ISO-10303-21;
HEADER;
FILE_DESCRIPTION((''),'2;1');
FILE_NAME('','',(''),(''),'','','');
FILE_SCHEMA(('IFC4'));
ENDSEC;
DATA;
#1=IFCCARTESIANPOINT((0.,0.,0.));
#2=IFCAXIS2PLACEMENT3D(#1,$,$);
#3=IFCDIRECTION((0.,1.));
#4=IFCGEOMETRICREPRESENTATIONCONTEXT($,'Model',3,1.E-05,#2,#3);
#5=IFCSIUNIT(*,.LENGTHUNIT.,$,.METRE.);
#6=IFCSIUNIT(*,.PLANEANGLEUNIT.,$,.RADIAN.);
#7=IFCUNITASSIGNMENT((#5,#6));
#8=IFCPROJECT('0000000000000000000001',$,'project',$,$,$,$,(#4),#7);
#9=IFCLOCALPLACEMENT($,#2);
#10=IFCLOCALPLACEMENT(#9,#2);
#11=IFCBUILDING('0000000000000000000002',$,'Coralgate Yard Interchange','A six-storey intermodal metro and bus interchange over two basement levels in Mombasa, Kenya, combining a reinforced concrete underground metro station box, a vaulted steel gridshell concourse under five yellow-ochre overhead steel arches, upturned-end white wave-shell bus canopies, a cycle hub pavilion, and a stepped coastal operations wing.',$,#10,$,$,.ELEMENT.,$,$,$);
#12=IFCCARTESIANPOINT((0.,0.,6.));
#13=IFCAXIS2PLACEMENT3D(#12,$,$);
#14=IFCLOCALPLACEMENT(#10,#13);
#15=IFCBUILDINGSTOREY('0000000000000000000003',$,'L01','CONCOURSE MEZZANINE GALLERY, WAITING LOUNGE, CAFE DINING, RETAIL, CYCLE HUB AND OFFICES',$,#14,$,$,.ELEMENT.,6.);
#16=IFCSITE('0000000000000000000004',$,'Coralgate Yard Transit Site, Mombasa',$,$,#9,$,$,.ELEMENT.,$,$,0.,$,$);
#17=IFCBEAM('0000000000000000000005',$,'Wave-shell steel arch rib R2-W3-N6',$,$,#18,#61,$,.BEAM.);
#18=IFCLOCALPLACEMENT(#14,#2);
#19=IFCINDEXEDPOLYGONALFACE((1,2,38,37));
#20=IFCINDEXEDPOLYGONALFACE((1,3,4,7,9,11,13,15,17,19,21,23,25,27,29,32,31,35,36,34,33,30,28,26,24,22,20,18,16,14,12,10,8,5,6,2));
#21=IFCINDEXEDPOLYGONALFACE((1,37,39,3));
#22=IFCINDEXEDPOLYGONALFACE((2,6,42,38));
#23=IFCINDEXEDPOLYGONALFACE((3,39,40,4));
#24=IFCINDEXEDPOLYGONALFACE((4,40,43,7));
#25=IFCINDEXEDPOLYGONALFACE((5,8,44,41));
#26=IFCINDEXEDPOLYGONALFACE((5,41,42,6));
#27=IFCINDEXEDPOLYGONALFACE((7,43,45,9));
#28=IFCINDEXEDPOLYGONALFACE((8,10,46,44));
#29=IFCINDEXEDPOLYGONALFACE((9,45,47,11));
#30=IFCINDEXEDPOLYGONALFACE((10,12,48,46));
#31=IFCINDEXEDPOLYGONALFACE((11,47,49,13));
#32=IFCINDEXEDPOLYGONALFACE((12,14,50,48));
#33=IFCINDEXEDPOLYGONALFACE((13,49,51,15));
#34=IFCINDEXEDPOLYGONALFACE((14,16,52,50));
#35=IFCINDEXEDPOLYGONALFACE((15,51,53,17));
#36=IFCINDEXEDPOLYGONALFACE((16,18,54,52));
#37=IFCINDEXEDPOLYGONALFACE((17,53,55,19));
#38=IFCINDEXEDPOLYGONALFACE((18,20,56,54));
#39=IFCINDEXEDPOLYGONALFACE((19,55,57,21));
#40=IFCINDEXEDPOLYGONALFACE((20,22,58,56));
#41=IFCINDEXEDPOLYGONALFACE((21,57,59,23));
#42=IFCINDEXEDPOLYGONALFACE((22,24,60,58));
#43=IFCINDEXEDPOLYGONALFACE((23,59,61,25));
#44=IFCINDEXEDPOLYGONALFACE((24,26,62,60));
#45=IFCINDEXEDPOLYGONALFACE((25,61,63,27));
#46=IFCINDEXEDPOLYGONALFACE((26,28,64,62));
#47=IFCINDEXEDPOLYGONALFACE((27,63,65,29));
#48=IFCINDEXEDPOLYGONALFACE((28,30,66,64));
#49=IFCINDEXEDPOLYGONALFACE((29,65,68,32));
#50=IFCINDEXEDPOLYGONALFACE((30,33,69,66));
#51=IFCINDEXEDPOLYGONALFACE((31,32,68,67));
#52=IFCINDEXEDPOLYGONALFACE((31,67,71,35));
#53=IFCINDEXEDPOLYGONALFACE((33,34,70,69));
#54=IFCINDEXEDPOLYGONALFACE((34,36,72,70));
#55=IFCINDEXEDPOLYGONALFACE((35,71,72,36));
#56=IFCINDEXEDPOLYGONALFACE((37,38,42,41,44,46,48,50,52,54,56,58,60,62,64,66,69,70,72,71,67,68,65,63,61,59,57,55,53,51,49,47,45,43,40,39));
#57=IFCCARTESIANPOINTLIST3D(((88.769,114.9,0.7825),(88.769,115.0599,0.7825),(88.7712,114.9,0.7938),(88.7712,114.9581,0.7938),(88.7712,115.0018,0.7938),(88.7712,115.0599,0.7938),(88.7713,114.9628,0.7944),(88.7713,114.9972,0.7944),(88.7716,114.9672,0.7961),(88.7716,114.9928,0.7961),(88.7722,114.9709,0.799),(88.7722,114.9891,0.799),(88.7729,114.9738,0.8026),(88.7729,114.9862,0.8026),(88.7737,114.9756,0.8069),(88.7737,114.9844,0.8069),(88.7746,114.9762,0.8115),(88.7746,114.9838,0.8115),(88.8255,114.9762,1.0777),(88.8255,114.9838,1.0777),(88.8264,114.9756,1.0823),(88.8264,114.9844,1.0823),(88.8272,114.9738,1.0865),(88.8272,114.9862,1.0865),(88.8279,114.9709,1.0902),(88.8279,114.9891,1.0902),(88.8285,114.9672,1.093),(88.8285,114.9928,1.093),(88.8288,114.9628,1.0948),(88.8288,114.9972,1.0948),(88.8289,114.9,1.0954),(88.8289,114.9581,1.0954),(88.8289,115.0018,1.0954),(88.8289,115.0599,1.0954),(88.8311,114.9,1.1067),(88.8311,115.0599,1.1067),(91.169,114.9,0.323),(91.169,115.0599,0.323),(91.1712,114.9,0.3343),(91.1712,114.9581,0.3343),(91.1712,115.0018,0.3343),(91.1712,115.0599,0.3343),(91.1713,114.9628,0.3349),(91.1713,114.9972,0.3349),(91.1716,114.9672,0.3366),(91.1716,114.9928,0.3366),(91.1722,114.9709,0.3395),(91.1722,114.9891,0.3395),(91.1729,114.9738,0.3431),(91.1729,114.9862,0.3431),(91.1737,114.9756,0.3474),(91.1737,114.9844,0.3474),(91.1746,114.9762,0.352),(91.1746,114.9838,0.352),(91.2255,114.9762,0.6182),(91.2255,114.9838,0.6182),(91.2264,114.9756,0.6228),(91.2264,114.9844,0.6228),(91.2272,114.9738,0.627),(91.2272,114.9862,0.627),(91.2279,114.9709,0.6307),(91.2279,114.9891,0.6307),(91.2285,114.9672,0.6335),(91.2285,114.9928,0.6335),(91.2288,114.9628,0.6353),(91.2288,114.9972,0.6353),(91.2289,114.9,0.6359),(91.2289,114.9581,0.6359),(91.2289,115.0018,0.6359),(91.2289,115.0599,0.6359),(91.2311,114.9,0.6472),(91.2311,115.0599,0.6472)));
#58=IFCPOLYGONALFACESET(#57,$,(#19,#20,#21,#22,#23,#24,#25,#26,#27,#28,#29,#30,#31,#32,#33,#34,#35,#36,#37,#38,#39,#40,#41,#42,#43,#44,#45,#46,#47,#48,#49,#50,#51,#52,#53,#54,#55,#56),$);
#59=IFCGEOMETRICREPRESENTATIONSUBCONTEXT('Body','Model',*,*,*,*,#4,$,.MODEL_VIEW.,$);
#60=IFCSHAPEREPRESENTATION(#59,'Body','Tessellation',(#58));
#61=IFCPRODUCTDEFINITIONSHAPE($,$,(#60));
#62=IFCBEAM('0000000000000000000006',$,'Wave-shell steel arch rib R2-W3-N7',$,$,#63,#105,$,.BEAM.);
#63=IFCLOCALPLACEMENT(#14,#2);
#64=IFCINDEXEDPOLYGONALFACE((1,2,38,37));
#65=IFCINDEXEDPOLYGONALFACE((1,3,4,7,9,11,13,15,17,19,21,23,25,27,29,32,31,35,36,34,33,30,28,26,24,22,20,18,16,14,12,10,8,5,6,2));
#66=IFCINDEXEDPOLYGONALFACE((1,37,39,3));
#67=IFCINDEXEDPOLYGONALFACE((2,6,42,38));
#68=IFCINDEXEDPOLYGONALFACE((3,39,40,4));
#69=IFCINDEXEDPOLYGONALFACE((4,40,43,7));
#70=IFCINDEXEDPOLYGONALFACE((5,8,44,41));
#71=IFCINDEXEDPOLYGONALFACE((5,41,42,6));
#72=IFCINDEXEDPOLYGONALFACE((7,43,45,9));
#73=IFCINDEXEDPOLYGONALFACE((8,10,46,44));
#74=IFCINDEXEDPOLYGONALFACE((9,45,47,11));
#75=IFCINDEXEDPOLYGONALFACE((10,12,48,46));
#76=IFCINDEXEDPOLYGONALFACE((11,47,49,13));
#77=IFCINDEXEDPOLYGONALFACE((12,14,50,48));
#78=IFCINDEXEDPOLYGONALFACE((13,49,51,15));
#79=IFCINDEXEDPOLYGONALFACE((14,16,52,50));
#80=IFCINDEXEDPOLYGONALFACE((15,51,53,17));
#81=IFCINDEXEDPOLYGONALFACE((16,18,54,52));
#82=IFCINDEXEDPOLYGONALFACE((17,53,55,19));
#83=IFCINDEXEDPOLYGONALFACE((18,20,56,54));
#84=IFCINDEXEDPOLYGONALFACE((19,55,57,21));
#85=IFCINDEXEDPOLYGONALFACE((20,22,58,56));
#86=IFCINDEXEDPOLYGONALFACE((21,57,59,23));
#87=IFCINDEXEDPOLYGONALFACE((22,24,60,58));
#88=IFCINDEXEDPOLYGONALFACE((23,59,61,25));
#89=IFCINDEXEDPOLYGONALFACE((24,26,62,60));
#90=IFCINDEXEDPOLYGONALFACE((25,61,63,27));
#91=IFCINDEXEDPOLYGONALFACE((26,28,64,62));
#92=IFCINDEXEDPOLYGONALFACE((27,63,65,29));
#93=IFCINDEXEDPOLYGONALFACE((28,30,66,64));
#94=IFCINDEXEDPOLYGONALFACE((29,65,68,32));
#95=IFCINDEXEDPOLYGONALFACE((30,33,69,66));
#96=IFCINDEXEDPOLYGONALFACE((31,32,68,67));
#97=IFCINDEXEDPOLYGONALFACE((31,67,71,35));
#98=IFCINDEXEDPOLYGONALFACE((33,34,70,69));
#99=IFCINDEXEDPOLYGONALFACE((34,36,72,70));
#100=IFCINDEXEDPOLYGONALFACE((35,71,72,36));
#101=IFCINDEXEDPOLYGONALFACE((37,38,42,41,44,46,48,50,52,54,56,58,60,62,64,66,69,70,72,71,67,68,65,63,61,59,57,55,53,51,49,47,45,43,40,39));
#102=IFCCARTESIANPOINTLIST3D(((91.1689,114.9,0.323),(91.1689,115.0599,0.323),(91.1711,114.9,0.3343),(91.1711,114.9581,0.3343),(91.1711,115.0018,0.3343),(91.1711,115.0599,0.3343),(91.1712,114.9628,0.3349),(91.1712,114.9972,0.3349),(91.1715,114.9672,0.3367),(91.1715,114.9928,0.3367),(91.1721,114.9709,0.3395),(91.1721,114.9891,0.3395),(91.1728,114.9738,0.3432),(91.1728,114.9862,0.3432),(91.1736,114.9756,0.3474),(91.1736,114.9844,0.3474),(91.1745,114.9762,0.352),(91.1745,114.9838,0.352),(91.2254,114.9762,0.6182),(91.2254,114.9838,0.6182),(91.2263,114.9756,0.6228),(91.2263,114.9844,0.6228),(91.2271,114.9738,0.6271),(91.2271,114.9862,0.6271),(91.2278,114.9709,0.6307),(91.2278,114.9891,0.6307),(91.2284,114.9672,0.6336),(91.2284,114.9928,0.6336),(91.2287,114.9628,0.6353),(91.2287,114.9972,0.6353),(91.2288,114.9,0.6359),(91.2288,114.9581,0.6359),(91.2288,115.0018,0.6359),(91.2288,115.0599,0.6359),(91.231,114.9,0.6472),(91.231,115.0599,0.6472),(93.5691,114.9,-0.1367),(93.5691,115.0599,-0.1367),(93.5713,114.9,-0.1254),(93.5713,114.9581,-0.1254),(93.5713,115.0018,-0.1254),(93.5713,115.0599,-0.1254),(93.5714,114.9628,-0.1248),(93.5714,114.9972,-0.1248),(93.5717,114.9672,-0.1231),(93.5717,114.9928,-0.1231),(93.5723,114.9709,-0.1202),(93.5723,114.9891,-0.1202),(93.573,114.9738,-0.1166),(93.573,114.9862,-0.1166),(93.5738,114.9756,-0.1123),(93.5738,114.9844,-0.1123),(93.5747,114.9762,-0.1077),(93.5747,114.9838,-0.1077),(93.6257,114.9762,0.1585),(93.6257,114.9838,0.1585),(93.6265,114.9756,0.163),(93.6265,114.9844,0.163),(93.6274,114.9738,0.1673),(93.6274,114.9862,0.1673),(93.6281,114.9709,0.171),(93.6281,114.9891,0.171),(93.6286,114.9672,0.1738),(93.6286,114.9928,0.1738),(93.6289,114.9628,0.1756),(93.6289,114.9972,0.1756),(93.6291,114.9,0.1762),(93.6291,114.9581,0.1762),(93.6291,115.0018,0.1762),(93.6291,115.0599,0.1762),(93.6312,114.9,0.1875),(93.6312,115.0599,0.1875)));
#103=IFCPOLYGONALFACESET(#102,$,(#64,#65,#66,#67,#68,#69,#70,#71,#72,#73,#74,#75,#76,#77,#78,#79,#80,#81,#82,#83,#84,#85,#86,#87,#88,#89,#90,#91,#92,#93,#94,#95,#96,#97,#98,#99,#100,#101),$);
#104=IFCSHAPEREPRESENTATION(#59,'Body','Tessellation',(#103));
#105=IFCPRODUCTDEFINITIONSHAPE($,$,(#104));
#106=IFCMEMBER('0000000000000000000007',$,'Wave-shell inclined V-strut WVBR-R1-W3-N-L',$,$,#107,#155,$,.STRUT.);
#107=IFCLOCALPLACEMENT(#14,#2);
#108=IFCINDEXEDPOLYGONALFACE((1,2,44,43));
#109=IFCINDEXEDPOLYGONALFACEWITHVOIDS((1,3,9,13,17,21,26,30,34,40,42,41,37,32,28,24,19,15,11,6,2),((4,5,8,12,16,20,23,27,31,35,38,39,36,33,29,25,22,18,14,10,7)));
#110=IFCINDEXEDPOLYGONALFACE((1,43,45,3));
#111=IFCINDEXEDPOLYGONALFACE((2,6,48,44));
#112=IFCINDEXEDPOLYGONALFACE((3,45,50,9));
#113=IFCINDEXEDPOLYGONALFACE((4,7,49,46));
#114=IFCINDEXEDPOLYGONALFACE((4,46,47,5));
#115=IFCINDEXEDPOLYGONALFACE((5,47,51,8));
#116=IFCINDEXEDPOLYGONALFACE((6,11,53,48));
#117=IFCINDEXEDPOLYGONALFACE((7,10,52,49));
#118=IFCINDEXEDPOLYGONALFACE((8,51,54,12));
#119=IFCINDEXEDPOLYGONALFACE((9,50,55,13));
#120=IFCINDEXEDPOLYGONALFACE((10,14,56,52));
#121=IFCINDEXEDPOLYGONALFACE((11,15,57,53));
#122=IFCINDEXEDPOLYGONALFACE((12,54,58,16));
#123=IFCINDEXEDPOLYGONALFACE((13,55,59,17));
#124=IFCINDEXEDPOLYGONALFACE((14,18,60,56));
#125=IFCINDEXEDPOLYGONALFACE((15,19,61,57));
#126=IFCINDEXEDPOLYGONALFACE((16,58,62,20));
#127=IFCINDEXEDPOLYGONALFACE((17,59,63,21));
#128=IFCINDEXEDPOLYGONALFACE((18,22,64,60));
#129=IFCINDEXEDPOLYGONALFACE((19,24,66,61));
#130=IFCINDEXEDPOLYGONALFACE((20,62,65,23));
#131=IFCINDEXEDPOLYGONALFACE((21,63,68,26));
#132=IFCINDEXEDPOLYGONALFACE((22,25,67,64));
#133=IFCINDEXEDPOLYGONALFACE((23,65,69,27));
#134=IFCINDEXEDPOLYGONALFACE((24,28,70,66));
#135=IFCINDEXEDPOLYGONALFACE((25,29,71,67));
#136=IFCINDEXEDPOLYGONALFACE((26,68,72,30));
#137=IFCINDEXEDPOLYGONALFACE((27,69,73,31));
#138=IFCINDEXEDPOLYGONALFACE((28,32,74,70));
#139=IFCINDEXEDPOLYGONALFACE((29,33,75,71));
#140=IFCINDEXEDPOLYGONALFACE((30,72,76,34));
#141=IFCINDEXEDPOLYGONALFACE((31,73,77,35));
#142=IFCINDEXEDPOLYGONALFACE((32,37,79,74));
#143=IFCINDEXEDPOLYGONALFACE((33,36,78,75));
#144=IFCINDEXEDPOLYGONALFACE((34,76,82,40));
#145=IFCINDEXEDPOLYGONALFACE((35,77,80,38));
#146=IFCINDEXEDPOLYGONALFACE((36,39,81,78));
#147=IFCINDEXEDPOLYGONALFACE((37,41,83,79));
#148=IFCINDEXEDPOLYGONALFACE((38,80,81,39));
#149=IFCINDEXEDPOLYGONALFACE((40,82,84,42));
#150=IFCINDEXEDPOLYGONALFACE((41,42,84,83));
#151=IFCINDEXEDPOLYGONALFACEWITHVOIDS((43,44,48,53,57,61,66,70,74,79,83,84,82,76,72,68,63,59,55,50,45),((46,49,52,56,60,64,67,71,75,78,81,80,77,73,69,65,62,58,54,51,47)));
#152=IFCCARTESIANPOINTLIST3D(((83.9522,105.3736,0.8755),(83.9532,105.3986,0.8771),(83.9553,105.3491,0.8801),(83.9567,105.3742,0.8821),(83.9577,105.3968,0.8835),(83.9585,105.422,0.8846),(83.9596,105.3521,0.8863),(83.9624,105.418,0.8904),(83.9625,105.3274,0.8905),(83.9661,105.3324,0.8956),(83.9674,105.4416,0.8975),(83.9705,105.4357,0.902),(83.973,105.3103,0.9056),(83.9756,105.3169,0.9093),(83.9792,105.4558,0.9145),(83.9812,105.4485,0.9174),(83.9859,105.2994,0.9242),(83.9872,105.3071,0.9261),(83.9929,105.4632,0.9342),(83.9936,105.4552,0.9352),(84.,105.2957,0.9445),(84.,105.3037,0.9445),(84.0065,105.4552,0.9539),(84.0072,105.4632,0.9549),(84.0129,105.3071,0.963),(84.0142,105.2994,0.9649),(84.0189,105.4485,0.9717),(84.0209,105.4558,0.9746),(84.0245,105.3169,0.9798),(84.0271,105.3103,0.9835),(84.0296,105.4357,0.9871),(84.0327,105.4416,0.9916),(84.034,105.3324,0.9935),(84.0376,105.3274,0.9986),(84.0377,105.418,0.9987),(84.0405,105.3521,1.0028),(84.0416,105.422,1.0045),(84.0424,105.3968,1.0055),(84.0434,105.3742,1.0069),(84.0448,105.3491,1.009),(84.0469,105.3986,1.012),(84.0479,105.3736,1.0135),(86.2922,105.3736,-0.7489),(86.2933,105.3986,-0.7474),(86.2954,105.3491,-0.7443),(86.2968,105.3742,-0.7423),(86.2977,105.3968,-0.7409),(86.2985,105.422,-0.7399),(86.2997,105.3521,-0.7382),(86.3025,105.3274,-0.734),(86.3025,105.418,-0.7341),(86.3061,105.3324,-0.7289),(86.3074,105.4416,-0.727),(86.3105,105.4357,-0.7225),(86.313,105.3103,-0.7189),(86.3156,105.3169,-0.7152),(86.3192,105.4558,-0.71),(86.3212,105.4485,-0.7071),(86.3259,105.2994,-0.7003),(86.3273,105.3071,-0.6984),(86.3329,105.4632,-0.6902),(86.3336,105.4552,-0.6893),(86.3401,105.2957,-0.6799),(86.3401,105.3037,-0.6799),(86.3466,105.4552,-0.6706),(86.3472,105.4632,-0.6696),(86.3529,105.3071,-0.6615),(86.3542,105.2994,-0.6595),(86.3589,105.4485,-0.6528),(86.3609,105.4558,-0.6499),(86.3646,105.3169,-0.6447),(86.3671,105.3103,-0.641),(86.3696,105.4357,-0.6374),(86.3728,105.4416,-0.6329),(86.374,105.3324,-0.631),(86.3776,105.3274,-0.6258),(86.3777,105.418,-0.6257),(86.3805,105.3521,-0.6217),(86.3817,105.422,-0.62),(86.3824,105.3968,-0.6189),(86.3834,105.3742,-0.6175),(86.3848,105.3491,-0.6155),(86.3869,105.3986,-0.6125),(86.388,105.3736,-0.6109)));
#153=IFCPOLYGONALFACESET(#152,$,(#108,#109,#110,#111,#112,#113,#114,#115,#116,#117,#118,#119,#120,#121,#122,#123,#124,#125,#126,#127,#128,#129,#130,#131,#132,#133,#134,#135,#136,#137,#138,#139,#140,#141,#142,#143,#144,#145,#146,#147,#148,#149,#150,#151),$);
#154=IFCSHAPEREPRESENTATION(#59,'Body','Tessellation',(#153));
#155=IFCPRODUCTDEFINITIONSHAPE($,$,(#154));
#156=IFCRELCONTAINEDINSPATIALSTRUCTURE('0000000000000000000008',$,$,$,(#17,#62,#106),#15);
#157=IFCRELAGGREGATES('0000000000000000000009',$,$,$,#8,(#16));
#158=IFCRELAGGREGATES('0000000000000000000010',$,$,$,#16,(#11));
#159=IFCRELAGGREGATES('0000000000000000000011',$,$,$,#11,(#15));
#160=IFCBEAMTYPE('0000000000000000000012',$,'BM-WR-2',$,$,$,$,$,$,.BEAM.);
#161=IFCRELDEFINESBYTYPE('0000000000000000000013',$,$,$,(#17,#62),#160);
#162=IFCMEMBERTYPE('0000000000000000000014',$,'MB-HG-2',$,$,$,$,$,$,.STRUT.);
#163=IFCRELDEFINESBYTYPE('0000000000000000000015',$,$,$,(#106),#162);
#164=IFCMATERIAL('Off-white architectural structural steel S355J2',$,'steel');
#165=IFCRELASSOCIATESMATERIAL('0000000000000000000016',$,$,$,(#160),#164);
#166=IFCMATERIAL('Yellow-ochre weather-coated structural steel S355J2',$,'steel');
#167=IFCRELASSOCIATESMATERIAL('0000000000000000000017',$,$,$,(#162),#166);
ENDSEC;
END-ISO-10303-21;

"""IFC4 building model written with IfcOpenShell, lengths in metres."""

from ifc_helpers import new_model, si_unit, direction, frame, origin, origin_2d, place, context, subcontext, project, spatial, hollow_circle, i_section, extrude, material, material_profile, profile_set, type_object, element, save


model = new_model("IFC4")

# Units and contexts
model_context = context("Model", 3, precision=1e-05, world=origin(), true_north=direction((0.0, 1.0)))
body_context = subcontext(model_context, "Body", "Model", "MODEL_VIEW")
ifc_project = project(units=[si_unit("LENGTHUNIT", "METRE"), si_unit("PLANEANGLEUNIT", "RADIAN")], contexts=[model_context])

# Site, building, storey
site_placement = place(None, origin())
site = spatial("IfcSite", under=ifc_project, at=site_placement, Name="Coralgate Yard Transit Site, Mombasa", CompositionType="ELEMENT", RefElevation=0.0)
building_placement = place(site_placement, origin())
building = spatial("IfcBuilding", under=site, at=building_placement, Name="Coralgate Yard Interchange", Description="A six-storey intermodal metro and bus interchange over two basement levels in Mombasa, Kenya, combining a reinforced concrete underground metro station box, a vaulted steel gridshell concourse under five yellow-ochre overhead steel arches, upturned-end white wave-shell bus canopies, a cycle hub pavilion, and a stepped coastal operations wing.", CompositionType="ELEMENT")
storey_placement = place(building_placement, frame((0.0, 0.0, 6.0)))
storey = spatial("IfcBuildingStorey", under=building, at=storey_placement, Name="L01", Description="CONCOURSE MEZZANINE GALLERY, WAITING LOUNGE, CAFE DINING, RETAIL, CYCLE HUB AND OFFICES", CompositionType="ELEMENT", Elevation=6.0)

# Beams
ifc_material_1 = material(Name="Off-white architectural structural steel S355J2", Category="steel")
ifc_material_profile_1 = material_profile(ifc_material_1, i_section(OverallWidth=0.1599, OverallDepth=0.3301, WebThickness=0.0076, FlangeThickness=0.0115, FilletRadius=0.0181, at=origin_2d()), Name="IPE 330")
ifc_profile_set_1 = profile_set([ifc_material_profile_1], Name="Off-white architectural structural steel S355J2")
beam_type_1 = type_object("IfcBeamType", Name="BM-WR-2", PredefinedType="BEAM", material=ifc_profile_set_1)
beam_1_placement = place(storey_placement, frame((88.8, 114.98, 0.9446), z_axis=(0.982161, 0.0, -0.188039), x_axis=(0.0, 1.0, 0.0)))
element("IfcBeam", 1, at=beam_1_placement, inside=storey, type_object=beam_type_1, Name="Wave-shell steel arch rib R2-W3-N6", PredefinedType="BEAM", context=body_context, shape_type="SweptSolid", body=[
    extrude(i_section(OverallWidth=0.1599, OverallDepth=0.3301, WebThickness=0.0076, FlangeThickness=0.0115, FilletRadius=0.0181, at=origin_2d()), origin(), (0.0, 0.0, 1.0), 2.4436),
])
beam_2_placement = place(storey_placement, frame((91.2, 114.98, 0.4851), z_axis=(0.982147, 0.0, -0.188117), x_axis=(0.0, 1.0, 0.0)))
element("IfcBeam", 2, at=beam_2_placement, inside=storey, type_object=beam_type_1, Name="Wave-shell steel arch rib R2-W3-N7", PredefinedType="BEAM", context=body_context, shape_type="SweptSolid", body=[
    extrude(i_section(OverallWidth=0.1599, OverallDepth=0.3301, WebThickness=0.0076, FlangeThickness=0.0115, FilletRadius=0.0181, at=origin_2d()), origin(), (0.0, 0.0, 1.0), 2.4438),
])

# Member
ifc_material_2 = material(Name="Yellow-ochre weather-coated structural steel S355J2", Category="steel")
ifc_material_profile_2 = material_profile(ifc_material_2, hollow_circle(Radius=0.0842, WallThickness=0.0081, at=origin_2d()), Name="CHS 168.3x8")
ifc_profile_set_2 = profile_set([ifc_material_profile_2], Name="Yellow-ochre weather-coated structural steel S355J2")
member_type_1 = type_object("IfcMemberType", Name="MB-HG-2", PredefinedType="STRUT", material=ifc_profile_set_2)
for number, where, z_axis, x_axis, name in (
    (3, (86.3401, 105.3799, -0.6799), (-0.82146, 0.0, 0.570266), (0.0, -1.0, 0.0), "Wave-shell inclined V-strut WVBR-R1-W3-N-L"),
):
    element("IfcMember", number, at=place(storey_placement, frame(where, z_axis=z_axis, x_axis=x_axis)), inside=storey, type_object=member_type_1, Name=name, PredefinedType="STRUT", context=body_context, shape_type="SweptSolid", body=[
        extrude(hollow_circle(Radius=0.0842, WallThickness=0.0081, at=origin_2d()), origin(), (0.0, 0.0, 1.0), 2.8486),
    ])

save(model, "model.ifc")
